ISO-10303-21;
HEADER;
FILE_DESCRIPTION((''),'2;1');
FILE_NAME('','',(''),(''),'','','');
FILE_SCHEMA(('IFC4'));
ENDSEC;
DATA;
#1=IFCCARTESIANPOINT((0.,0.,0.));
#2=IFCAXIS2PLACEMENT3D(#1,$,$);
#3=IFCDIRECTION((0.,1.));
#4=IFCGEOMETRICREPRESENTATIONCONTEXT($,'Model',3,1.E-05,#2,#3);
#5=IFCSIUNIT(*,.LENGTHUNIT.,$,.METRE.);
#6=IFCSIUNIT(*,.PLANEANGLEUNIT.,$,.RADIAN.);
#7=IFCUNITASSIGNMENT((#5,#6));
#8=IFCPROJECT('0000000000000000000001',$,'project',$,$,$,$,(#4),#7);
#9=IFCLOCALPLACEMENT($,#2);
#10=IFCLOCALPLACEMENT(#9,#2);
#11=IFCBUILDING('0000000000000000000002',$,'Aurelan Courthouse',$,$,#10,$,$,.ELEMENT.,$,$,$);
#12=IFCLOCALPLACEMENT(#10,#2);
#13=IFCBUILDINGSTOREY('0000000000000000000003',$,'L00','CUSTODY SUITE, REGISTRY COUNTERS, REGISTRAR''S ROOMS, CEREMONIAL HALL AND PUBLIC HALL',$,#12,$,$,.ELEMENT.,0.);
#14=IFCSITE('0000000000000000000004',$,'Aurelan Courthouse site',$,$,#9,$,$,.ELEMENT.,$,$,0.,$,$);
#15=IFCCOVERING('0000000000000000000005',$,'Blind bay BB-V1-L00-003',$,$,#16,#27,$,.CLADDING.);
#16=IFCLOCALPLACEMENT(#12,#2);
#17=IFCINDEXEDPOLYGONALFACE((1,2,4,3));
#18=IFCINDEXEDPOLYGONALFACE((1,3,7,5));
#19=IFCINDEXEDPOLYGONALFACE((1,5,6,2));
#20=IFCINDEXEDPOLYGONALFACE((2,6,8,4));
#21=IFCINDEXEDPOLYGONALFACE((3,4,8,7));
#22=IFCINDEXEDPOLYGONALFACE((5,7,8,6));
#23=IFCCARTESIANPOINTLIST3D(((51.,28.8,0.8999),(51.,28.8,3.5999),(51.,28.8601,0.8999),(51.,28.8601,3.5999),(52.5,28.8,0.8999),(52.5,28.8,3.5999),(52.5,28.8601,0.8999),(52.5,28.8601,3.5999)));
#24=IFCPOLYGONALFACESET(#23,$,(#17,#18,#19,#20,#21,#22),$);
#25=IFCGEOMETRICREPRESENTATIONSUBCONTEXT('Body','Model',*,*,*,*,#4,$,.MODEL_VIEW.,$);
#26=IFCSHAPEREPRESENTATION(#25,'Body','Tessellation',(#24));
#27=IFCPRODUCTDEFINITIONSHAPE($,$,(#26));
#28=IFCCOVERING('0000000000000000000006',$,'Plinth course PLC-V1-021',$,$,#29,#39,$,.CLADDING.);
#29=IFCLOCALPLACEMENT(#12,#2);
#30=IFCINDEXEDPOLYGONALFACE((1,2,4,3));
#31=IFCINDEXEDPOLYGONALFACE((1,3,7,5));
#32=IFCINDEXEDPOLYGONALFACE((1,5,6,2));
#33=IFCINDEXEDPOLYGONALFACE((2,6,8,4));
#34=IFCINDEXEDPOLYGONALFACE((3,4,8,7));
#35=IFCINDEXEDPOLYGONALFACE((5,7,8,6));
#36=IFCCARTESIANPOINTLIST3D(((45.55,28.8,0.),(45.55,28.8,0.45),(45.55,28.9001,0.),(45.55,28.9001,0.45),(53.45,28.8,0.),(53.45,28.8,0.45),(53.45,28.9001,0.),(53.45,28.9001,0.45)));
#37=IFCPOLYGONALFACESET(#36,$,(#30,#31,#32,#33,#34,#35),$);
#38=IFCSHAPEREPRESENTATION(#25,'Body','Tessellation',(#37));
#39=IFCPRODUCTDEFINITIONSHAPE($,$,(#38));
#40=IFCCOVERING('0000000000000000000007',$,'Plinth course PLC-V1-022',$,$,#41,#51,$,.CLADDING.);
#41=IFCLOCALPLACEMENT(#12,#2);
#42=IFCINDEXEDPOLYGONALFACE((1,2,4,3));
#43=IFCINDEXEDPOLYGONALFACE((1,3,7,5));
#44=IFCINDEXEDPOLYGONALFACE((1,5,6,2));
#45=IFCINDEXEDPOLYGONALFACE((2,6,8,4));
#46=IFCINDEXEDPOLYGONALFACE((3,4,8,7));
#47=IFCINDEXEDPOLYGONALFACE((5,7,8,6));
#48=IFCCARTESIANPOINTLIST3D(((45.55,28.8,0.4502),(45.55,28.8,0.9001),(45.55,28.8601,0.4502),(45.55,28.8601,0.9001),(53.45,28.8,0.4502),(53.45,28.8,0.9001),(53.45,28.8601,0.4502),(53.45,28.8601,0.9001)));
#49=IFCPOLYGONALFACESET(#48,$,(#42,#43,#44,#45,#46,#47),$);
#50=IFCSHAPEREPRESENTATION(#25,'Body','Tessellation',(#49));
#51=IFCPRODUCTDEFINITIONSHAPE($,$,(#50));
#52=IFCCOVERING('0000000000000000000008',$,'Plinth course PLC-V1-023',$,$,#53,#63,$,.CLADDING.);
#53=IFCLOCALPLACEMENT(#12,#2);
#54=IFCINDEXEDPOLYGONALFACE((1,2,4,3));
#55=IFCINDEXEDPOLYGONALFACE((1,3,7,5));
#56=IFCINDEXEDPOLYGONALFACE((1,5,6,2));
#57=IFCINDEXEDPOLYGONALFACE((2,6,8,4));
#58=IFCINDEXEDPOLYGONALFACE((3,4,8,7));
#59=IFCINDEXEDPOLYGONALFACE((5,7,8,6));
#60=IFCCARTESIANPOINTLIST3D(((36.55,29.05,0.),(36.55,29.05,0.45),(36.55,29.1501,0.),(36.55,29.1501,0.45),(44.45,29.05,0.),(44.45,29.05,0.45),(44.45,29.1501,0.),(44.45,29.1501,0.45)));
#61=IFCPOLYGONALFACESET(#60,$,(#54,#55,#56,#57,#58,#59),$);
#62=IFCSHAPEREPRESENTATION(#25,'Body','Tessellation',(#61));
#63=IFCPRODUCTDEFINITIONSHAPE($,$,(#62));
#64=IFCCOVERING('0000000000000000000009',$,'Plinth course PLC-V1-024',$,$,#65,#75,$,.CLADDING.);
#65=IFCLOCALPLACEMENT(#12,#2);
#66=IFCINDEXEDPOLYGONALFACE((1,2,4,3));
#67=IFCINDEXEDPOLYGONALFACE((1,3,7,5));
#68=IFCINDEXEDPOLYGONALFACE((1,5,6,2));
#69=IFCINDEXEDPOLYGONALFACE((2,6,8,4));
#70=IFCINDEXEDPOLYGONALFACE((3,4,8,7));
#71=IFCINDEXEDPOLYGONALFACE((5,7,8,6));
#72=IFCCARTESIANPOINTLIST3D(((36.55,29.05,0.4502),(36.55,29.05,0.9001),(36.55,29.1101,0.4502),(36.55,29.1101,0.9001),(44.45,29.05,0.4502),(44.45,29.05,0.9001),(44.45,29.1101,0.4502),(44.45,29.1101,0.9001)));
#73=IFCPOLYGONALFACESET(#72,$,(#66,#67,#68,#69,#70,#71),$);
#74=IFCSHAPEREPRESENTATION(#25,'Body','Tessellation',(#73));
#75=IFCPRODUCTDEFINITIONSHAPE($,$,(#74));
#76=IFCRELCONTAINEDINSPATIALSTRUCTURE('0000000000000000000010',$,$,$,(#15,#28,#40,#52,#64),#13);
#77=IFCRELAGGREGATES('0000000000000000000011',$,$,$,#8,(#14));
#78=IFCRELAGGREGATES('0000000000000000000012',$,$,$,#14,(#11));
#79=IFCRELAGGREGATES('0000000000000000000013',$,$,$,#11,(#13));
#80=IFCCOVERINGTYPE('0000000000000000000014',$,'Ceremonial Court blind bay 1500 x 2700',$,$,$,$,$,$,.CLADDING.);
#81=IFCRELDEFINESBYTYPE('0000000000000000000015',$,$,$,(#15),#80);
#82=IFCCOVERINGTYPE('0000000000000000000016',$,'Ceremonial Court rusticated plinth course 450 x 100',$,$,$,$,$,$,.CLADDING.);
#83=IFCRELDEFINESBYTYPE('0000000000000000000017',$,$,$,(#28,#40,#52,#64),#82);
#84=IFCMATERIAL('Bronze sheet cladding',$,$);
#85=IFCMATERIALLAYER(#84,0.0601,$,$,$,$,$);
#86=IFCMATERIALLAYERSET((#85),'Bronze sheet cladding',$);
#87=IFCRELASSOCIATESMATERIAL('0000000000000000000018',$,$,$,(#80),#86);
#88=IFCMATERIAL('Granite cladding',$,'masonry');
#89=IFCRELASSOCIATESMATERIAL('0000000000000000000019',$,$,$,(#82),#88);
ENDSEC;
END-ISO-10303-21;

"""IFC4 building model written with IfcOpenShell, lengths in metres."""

from ifc_helpers import new_model, si_unit, direction, frame, origin, origin_2d, place, context, subcontext, project, spatial, rectangle, extrude, material, layer, layer_set, type_object, element, save


model = new_model("IFC4")

# Units and contexts
model_context = context("Model", 3, precision=1e-05, world=origin(), true_north=direction((0.0, 1.0)))
body_context = subcontext(model_context, "Body", "Model", "MODEL_VIEW")
ifc_project = project(units=[si_unit("LENGTHUNIT", "METRE"), si_unit("PLANEANGLEUNIT", "RADIAN")], contexts=[model_context])

# Site, building, storey
site_placement = place(None, origin())
site = spatial("IfcSite", under=ifc_project, at=site_placement, Name="Aurelan Courthouse site", CompositionType="ELEMENT", RefElevation=0.0)
building_placement = place(site_placement, origin())
building = spatial("IfcBuilding", under=site, at=building_placement, Name="Aurelan Courthouse", CompositionType="ELEMENT")
storey_placement = place(building_placement, origin())
storey = spatial("IfcBuildingStorey", under=building, at=storey_placement, Name="L00", Description="CUSTODY SUITE, REGISTRY COUNTERS, REGISTRAR'S ROOMS, CEREMONIAL HALL AND PUBLIC HALL", CompositionType="ELEMENT", Elevation=0.0)

# Coverings
ifc_material_1 = material(Name="Bronze sheet cladding")
ifc_layer_1 = layer(ifc_material_1, 0.0601)
ifc_layer_set_1 = layer_set([ifc_layer_1], Name="Bronze sheet cladding")
covering_type_1 = type_object("IfcCoveringType", Name="Ceremonial Court blind bay 1500 x 2700", PredefinedType="CLADDING", material=ifc_layer_set_1)
for number, where, z_axis, x_axis, name in (
    (1, (51.75, 28.8301, 0.8999), (0.0, 0.0, 1.0), (1.0, 0.0, 0.0), "Blind bay BB-V1-L00-003"),
):
    element("IfcCovering", number, at=place(storey_placement, frame(where, z_axis=z_axis, x_axis=x_axis)), inside=storey, type_object=covering_type_1, Name=name, PredefinedType="CLADDING", context=body_context, shape_type="SweptSolid", body=[
        extrude(rectangle(XDim=1.5, YDim=0.0601, at=origin_2d()), origin(), (0.0, 0.0, 1.0), 2.7),
    ])
ifc_material_2 = material(Name="Granite cladding", Category="masonry")
covering_type_2 = type_object("IfcCoveringType", Name="Ceremonial Court rusticated plinth course 450 x 100", PredefinedType="CLADDING", material=ifc_material_2)
covering_1_placement = place(storey_placement, frame((49.5, 28.8501, 0.0), z_axis=(0.0, 0.0, 1.0), x_axis=(1.0, 0.0, 0.0)))
element("IfcCovering", 2, at=covering_1_placement, inside=storey, type_object=covering_type_2, Name="Plinth course PLC-V1-021", PredefinedType="CLADDING", context=body_context, shape_type="SweptSolid", body=[
    extrude(rectangle(XDim=7.8999, YDim=0.1001, at=origin_2d()), origin(), (0.0, 0.0, 1.0), 0.45),
])
covering_2_placement = place(storey_placement, frame((49.5, 28.8301, 0.4502), z_axis=(0.0, 0.0, 1.0), x_axis=(1.0, 0.0, 0.0)))
element("IfcCovering", 3, at=covering_2_placement, inside=storey, type_object=covering_type_2, Name="Plinth course PLC-V1-022", PredefinedType="CLADDING", context=body_context, shape_type="SweptSolid", body=[
    extrude(rectangle(XDim=7.8999, YDim=0.0601, at=origin_2d()), origin(), (0.0, 0.0, 1.0), 0.45),
])
covering_3_placement = place(storey_placement, frame((40.5, 29.1001, 0.0), z_axis=(0.0, 0.0, 1.0), x_axis=(1.0, 0.0, 0.0)))
element("IfcCovering", 4, at=covering_3_placement, inside=storey, type_object=covering_type_2, Name="Plinth course PLC-V1-023", PredefinedType="CLADDING", context=body_context, shape_type="SweptSolid", body=[
    extrude(rectangle(XDim=7.8999, YDim=0.1001, at=origin_2d()), origin(), (0.0, 0.0, 1.0), 0.45),
])
covering_4_placement = place(storey_placement, frame((40.5, 29.0801, 0.4502), z_axis=(0.0, 0.0, 1.0), x_axis=(1.0, 0.0, 0.0)))
element("IfcCovering", 5, at=covering_4_placement, inside=storey, type_object=covering_type_2, Name="Plinth course PLC-V1-024", PredefinedType="CLADDING", context=body_context, shape_type="SweptSolid", body=[
    extrude(rectangle(XDim=7.8999, YDim=0.0601, at=origin_2d()), origin(), (0.0, 0.0, 1.0), 0.45),
])

save(model, "model.ifc")
